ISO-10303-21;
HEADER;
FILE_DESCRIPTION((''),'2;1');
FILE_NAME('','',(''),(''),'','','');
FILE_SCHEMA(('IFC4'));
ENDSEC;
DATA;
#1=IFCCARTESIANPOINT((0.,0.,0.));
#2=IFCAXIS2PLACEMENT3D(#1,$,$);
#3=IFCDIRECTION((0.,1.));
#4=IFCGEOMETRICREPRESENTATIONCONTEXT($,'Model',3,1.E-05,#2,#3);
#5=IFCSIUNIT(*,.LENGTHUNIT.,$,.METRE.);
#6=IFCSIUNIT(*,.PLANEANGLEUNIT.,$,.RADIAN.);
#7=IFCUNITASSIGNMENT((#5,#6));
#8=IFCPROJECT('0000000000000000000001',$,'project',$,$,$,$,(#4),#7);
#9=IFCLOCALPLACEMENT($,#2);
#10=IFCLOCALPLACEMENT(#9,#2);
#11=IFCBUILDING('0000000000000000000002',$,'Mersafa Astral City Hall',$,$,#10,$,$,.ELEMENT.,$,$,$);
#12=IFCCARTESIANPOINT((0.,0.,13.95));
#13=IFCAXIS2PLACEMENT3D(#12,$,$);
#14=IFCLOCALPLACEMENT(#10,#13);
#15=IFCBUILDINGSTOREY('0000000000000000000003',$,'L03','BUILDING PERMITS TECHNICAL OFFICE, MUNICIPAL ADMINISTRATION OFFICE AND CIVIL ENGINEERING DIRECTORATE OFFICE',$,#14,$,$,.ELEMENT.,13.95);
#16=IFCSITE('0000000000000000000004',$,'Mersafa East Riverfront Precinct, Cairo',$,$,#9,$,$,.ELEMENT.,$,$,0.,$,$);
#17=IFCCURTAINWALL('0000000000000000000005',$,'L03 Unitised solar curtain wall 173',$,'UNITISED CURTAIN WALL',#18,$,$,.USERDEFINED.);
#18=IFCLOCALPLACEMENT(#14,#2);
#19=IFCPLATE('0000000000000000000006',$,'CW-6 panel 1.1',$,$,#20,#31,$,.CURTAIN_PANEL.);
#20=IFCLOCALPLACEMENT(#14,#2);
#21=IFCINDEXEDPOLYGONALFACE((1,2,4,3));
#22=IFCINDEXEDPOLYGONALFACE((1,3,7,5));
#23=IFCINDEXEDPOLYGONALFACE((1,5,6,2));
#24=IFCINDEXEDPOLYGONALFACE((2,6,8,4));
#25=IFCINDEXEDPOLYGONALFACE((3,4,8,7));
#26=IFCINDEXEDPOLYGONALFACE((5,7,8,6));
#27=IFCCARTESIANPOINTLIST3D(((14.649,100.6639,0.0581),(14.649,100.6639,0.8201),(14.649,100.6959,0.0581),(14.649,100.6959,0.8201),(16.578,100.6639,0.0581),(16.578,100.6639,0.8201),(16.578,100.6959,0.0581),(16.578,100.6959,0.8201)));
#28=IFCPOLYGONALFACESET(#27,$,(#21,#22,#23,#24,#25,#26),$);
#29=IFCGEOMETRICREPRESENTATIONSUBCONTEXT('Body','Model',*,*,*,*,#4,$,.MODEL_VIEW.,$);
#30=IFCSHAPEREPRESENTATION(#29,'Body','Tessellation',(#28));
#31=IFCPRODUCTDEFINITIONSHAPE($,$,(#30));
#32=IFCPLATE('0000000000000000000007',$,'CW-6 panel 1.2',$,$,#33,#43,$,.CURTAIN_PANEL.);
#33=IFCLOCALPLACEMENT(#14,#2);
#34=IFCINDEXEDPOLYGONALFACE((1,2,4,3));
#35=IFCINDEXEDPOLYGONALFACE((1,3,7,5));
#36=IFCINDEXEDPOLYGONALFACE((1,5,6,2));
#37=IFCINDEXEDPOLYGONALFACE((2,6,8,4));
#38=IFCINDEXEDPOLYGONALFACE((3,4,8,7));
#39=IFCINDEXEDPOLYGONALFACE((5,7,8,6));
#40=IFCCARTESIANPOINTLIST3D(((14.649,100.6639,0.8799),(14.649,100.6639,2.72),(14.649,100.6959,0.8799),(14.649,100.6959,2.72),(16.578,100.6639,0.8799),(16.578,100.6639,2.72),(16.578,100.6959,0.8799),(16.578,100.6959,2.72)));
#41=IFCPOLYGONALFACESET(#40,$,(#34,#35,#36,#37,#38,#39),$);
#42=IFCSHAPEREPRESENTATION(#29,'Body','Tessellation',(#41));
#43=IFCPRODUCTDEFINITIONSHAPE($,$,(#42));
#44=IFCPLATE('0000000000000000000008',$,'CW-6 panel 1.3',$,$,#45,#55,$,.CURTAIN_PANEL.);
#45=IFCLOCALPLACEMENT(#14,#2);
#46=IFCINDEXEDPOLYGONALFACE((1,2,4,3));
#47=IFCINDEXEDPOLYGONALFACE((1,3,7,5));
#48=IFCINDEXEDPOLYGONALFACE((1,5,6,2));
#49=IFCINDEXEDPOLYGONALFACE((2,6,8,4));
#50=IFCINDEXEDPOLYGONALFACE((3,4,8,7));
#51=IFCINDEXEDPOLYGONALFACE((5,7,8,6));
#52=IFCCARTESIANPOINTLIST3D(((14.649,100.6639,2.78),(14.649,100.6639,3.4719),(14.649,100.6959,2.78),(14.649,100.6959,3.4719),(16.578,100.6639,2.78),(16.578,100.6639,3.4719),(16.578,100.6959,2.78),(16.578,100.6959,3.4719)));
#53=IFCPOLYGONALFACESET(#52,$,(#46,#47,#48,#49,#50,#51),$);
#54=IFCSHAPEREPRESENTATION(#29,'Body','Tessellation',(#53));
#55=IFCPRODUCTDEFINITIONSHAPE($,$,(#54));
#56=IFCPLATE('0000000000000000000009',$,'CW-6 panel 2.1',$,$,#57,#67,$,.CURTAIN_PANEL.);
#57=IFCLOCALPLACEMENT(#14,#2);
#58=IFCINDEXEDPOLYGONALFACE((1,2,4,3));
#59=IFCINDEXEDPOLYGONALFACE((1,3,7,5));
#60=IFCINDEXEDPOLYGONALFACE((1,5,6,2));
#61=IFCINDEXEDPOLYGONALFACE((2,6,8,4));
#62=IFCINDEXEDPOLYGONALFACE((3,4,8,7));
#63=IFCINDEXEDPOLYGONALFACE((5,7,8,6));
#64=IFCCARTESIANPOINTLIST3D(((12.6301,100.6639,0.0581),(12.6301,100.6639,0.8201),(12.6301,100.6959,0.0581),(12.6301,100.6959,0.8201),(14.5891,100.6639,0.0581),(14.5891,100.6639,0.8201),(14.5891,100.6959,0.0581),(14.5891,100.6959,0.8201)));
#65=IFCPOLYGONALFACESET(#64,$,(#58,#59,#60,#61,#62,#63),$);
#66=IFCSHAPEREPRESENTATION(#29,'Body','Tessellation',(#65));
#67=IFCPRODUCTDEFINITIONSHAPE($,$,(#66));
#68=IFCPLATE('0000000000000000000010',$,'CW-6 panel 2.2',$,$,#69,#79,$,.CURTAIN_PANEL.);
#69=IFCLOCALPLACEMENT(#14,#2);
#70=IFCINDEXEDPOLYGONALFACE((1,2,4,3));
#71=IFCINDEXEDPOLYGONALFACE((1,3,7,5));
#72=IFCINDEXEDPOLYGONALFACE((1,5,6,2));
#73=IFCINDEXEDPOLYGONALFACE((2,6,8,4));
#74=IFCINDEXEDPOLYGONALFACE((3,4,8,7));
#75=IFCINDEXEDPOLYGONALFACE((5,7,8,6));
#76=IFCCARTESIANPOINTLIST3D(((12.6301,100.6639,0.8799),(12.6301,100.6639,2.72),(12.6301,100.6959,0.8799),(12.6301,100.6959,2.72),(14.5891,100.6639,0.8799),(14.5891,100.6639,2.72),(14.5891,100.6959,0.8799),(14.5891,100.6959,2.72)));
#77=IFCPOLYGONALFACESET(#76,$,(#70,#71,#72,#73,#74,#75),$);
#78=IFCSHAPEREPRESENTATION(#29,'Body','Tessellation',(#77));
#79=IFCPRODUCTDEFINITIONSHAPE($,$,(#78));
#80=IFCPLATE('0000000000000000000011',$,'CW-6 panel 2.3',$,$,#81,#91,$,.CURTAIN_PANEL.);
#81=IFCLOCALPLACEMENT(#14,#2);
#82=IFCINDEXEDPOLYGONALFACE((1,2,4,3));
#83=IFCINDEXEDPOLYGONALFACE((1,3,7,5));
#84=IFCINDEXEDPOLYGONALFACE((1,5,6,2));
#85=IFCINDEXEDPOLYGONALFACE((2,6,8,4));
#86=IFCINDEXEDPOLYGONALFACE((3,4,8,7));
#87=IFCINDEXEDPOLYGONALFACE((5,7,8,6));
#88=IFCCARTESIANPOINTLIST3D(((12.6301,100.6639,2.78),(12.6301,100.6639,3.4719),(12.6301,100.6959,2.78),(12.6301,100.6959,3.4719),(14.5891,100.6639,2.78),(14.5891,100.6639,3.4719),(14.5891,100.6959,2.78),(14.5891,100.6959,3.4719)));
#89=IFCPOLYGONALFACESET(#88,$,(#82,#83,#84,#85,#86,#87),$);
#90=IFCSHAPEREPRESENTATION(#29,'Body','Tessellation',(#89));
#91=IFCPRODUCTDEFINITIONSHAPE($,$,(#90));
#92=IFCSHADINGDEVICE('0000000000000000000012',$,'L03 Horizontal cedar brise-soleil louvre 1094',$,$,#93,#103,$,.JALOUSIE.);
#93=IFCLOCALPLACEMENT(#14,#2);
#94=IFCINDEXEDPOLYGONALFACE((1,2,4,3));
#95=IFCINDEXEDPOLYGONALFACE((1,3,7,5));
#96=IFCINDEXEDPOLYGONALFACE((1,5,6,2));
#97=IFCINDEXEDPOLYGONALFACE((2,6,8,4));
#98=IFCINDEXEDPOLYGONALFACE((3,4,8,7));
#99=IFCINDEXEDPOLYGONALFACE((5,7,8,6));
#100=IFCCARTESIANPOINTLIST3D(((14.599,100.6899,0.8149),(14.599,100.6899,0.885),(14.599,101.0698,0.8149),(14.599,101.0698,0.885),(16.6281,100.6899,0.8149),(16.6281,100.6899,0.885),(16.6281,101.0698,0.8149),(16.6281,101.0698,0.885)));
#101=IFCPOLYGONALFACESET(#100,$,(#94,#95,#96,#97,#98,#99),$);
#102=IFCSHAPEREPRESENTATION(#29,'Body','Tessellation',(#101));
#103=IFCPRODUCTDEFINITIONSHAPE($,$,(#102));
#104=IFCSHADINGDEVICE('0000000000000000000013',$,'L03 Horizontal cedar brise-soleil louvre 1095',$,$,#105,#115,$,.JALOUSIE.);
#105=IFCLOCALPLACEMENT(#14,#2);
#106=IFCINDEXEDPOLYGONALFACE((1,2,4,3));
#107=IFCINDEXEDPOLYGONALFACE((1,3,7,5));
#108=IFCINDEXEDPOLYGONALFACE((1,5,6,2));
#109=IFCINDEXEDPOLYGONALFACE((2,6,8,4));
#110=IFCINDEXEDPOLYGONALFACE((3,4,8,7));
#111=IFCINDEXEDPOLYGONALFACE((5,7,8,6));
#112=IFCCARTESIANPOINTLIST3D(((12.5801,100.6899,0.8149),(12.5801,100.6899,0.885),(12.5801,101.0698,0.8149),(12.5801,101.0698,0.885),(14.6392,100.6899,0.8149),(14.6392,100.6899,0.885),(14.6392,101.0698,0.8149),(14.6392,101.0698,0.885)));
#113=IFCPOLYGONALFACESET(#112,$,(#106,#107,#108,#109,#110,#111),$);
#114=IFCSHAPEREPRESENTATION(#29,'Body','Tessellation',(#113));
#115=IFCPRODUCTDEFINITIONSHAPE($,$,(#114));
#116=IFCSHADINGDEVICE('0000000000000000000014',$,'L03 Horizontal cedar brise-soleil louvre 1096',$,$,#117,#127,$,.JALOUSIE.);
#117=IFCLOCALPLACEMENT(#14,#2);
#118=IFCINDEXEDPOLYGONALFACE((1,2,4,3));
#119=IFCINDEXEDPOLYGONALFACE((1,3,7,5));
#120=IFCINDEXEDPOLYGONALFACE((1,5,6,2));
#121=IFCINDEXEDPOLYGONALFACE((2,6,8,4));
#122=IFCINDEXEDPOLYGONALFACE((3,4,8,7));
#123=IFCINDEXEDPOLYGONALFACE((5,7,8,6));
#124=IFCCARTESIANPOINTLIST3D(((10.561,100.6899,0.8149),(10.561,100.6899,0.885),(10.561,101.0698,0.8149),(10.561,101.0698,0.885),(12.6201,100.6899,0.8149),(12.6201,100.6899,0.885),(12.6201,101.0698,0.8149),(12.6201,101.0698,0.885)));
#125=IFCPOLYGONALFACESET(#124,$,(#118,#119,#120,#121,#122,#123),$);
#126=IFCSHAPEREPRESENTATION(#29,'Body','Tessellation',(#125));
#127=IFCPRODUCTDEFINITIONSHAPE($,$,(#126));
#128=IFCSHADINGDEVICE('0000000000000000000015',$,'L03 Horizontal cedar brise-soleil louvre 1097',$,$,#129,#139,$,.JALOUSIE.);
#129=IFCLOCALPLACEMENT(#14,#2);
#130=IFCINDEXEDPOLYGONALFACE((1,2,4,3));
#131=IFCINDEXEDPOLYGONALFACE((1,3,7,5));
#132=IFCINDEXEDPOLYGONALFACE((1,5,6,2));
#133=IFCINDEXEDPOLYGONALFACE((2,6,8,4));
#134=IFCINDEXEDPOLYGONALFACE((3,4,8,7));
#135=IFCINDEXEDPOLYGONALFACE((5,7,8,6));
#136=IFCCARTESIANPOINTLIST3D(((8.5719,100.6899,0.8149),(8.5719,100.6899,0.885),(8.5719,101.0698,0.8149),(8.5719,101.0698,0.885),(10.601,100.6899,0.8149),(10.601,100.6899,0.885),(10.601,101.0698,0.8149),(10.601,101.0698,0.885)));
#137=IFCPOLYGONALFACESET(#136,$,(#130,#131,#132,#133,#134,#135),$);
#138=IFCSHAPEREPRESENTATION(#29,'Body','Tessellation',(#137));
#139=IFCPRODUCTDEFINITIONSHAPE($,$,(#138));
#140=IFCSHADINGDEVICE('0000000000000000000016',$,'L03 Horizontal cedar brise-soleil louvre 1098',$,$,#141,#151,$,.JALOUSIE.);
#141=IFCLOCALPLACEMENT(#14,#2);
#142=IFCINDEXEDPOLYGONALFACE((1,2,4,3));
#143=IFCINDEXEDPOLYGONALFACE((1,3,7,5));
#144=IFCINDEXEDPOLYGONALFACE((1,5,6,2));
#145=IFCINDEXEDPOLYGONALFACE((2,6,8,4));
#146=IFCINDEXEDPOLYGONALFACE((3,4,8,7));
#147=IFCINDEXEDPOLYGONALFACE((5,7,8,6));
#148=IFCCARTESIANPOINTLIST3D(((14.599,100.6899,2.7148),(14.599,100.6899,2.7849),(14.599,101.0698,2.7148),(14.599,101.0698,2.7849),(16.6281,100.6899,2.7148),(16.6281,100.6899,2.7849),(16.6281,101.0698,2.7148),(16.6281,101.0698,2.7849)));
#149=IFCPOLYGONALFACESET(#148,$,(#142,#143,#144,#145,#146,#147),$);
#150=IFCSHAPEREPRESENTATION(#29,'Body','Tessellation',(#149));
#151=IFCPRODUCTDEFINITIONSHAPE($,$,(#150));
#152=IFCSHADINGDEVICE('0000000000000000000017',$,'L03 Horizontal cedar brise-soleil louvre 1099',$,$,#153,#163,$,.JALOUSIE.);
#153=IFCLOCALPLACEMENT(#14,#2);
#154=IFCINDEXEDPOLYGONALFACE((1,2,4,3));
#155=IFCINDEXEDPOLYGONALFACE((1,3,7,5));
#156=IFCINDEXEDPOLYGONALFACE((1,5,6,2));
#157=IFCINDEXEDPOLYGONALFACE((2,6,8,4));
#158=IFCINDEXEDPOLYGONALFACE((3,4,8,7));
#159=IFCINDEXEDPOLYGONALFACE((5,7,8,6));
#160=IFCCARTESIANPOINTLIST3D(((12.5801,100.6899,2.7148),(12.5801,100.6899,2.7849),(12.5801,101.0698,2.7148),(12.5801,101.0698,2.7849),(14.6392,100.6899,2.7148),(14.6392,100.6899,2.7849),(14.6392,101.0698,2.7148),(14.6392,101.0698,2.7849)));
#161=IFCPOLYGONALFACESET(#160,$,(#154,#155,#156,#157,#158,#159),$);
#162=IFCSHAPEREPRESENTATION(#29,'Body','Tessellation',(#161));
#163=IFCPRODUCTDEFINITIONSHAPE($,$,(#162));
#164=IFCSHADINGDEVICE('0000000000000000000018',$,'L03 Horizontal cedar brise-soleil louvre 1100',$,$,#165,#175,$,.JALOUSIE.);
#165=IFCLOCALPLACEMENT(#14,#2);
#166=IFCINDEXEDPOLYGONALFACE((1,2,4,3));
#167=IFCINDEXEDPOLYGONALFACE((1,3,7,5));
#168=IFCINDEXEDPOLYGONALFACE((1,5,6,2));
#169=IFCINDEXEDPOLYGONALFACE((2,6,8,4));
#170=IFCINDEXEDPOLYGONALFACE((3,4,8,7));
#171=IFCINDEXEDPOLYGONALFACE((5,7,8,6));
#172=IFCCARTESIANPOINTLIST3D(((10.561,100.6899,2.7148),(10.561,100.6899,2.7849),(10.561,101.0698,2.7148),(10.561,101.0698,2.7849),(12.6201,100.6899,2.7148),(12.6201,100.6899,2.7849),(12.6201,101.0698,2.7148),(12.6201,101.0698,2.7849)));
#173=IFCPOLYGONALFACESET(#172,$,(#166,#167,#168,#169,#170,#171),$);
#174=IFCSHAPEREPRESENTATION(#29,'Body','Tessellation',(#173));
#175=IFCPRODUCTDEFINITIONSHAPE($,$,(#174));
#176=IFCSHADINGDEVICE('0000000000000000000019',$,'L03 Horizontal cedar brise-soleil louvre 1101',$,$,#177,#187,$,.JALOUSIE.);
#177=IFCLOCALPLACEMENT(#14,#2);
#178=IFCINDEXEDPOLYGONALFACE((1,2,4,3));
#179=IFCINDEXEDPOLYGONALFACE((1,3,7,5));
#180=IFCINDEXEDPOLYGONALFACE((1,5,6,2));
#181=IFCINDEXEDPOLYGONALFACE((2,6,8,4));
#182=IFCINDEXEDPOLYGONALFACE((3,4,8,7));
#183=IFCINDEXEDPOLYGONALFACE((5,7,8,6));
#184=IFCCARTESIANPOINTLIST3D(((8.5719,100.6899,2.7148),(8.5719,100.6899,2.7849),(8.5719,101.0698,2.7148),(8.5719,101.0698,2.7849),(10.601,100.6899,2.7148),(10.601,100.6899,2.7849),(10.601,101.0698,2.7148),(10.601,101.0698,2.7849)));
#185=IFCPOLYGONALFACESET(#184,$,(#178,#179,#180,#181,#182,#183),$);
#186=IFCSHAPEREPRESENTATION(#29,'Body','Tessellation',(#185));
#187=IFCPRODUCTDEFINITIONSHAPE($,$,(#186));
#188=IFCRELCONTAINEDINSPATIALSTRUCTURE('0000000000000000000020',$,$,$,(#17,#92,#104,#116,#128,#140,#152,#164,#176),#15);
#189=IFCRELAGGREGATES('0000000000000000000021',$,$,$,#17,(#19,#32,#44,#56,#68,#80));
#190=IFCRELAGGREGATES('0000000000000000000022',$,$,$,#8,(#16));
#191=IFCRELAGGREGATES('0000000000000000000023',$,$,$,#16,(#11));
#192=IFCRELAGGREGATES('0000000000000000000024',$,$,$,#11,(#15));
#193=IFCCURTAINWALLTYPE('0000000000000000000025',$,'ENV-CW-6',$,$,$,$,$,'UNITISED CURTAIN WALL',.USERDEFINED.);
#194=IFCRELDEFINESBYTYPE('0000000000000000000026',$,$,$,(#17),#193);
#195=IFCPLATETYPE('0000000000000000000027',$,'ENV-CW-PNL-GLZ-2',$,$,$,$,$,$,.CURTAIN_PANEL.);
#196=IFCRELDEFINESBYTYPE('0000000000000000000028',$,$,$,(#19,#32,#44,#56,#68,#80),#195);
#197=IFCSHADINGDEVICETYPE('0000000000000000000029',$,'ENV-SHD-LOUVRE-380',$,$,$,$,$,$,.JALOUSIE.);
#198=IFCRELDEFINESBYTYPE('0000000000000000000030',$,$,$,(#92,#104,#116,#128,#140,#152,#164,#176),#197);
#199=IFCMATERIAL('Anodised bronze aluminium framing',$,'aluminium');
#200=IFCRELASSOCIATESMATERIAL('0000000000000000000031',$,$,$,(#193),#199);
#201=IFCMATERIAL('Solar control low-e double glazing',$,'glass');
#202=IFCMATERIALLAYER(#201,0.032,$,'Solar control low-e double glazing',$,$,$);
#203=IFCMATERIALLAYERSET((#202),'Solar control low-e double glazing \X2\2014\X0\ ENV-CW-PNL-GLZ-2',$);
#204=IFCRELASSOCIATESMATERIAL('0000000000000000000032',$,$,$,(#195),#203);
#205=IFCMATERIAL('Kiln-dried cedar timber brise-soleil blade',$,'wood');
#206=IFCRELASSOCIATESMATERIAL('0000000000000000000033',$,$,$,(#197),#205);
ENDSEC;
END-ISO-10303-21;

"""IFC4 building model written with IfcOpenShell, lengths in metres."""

from ifc_helpers import new_model, si_unit, direction, frame, origin, origin_2d, place, context, subcontext, project, spatial, rectangle, extrude, material, layer, layer_set, type_object, element, aggregate, save


model = new_model("IFC4")

# Units and contexts
model_context = context("Model", 3, precision=1e-05, world=origin(), true_north=direction((0.0, 1.0)))
body_context = subcontext(model_context, "Body", "Model", "MODEL_VIEW")
ifc_project = project(units=[si_unit("LENGTHUNIT", "METRE"), si_unit("PLANEANGLEUNIT", "RADIAN")], contexts=[model_context])

# Site, building, storey
site_placement = place(None, origin())
site = spatial("IfcSite", under=ifc_project, at=site_placement, Name="Mersafa East Riverfront Precinct, Cairo", CompositionType="ELEMENT", RefElevation=0.0)
building_placement = place(site_placement, origin())
building = spatial("IfcBuilding", under=site, at=building_placement, Name="Mersafa Astral City Hall", CompositionType="ELEMENT")
storey_placement = place(building_placement, frame((0.0, 0.0, 13.95)))
storey = spatial("IfcBuildingStorey", under=building, at=storey_placement, Name="L03", Description="BUILDING PERMITS TECHNICAL OFFICE, MUNICIPAL ADMINISTRATION OFFICE AND CIVIL ENGINEERING DIRECTORATE OFFICE", CompositionType="ELEMENT", Elevation=13.95)

# Curtain wall
ifc_material_1 = material(Name="Anodised bronze aluminium framing", Category="aluminium")
curtain_wall_type = type_object("IfcCurtainWallType", Name="ENV-CW-6", ElementType="UNITISED CURTAIN WALL", PredefinedType="USERDEFINED", material=ifc_material_1)
curtain_wall_placement = place(storey_placement, origin())
curtain_wall = element("IfcCurtainWall", 1, at=curtain_wall_placement, inside=storey, type_object=curtain_wall_type, Name="L03 Unitised solar curtain wall 173", ObjectType="UNITISED CURTAIN WALL", PredefinedType="USERDEFINED")

# Plates
ifc_material_2 = material(Name="Solar control low-e double glazing", Category="glass")
ifc_layer = layer(ifc_material_2, 0.032, Name="Solar control low-e double glazing")
ifc_layer_set = layer_set([ifc_layer], Name="Solar control low-e double glazing — ENV-CW-PNL-GLZ-2")
plate_type = type_object("IfcPlateType", Name="ENV-CW-PNL-GLZ-2", PredefinedType="CURTAIN_PANEL", material=ifc_layer_set)
plate_1_placement = place(storey_placement, frame((15.6135, 100.6799, 0.0581), z_axis=(0.0, 0.0, 1.0), x_axis=(-1.0, 0.0, 0.0)))
plate_1 = element("IfcPlate", 2, at=plate_1_placement, type_object=plate_type, Name="CW-6 panel 1.1", PredefinedType="CURTAIN_PANEL", context=body_context, shape_type="SweptSolid", body=[
    extrude(rectangle(XDim=1.929, YDim=0.032, at=origin_2d()), origin(), (0.0, 0.0, 1.0), 0.762),
])
plate_2_placement = place(storey_placement, frame((15.6135, 100.6799, 0.8799), z_axis=(0.0, 0.0, 1.0), x_axis=(-1.0, 0.0, 0.0)))
plate_2 = element("IfcPlate", 3, at=plate_2_placement, type_object=plate_type, Name="CW-6 panel 1.2", PredefinedType="CURTAIN_PANEL", context=body_context, shape_type="SweptSolid", body=[
    extrude(rectangle(XDim=1.929, YDim=0.032, at=origin_2d()), origin(), (0.0, 0.0, 1.0), 1.8401),
])
plate_3_placement = place(storey_placement, frame((15.6135, 100.6799, 2.78), z_axis=(0.0, 0.0, 1.0), x_axis=(-1.0, 0.0, 0.0)))
plate_3 = element("IfcPlate", 4, at=plate_3_placement, type_object=plate_type, Name="CW-6 panel 1.3", PredefinedType="CURTAIN_PANEL", context=body_context, shape_type="SweptSolid", body=[
    extrude(rectangle(XDim=1.929, YDim=0.032, at=origin_2d()), origin(), (0.0, 0.0, 1.0), 0.6919),
])
plate_4_placement = place(storey_placement, frame((13.6096, 100.6799, 0.0581), z_axis=(0.0, 0.0, 1.0), x_axis=(-1.0, 0.0, 0.0)))
plate_4 = element("IfcPlate", 5, at=plate_4_placement, type_object=plate_type, Name="CW-6 panel 2.1", PredefinedType="CURTAIN_PANEL", context=body_context, shape_type="SweptSolid", body=[
    extrude(rectangle(XDim=1.959, YDim=0.032, at=origin_2d()), origin(), (0.0, 0.0, 1.0), 0.762),
])
plate_5_placement = place(storey_placement, frame((13.6096, 100.6799, 0.8799), z_axis=(0.0, 0.0, 1.0), x_axis=(-1.0, 0.0, 0.0)))
plate_5 = element("IfcPlate", 6, at=plate_5_placement, type_object=plate_type, Name="CW-6 panel 2.2", PredefinedType="CURTAIN_PANEL", context=body_context, shape_type="SweptSolid", body=[
    extrude(rectangle(XDim=1.959, YDim=0.032, at=origin_2d()), origin(), (0.0, 0.0, 1.0), 1.8401),
])
plate_6_placement = place(storey_placement, frame((13.6096, 100.6799, 2.78), z_axis=(0.0, 0.0, 1.0), x_axis=(-1.0, 0.0, 0.0)))
plate_6 = element("IfcPlate", 7, at=plate_6_placement, type_object=plate_type, Name="CW-6 panel 2.3", PredefinedType="CURTAIN_PANEL", context=body_context, shape_type="SweptSolid", body=[
    extrude(rectangle(XDim=1.959, YDim=0.032, at=origin_2d()), origin(), (0.0, 0.0, 1.0), 0.6919),
])
aggregate(curtain_wall, [plate_1, plate_2, plate_3, plate_4, plate_5, plate_6])

# Shading devices
ifc_material_3 = material(Name="Kiln-dried cedar timber brise-soleil blade", Category="wood")
shading_device_type = type_object("IfcShadingDeviceType", Name="ENV-SHD-LOUVRE-380", PredefinedType="JALOUSIE", material=ifc_material_3)
shading_device_1_placement = place(storey_placement, frame((15.6135, 100.8799, 0.8149), z_axis=(0.0, 0.0, 1.0), x_axis=(-1.0, 0.0, 0.0)))
element("IfcShadingDevice", 8, at=shading_device_1_placement, inside=storey, type_object=shading_device_type, Name="L03 Horizontal cedar brise-soleil louvre 1094", PredefinedType="JALOUSIE", context=body_context, shape_type="SweptSolid", body=[
    extrude(rectangle(XDim=2.0291, YDim=0.3799, at=origin_2d()), origin(), (0.0, 0.0, 1.0), 0.0701),
])
for number, where, z_axis, x_axis, name in (
    (9, (13.6096, 100.8799, 0.8149), (0.0, 0.0, 1.0), (-1.0, 0.0, 0.0), "L03 Horizontal cedar brise-soleil louvre 1095"),
    (10, (11.5906, 100.8799, 0.8149), (0.0, 0.0, 1.0), (-1.0, 0.0, 0.0), "L03 Horizontal cedar brise-soleil louvre 1096"),
):
    element("IfcShadingDevice", number, at=place(storey_placement, frame(where, z_axis=z_axis, x_axis=x_axis)), inside=storey, type_object=shading_device_type, Name=name, PredefinedType="JALOUSIE", context=body_context, shape_type="SweptSolid", body=[
        extrude(rectangle(XDim=2.0591, YDim=0.3799, at=origin_2d()), origin(), (0.0, 0.0, 1.0), 0.0701),
    ])
for number, where, z_axis, x_axis, name in (
    (11, (9.5864, 100.8799, 0.8149), (0.0, 0.0, 1.0), (-1.0, 0.0, 0.0), "L03 Horizontal cedar brise-soleil louvre 1097"),
    (12, (15.6135, 100.8799, 2.7148), (0.0, 0.0, 1.0), (-1.0, 0.0, 0.0), "L03 Horizontal cedar brise-soleil louvre 1098"),
):
    element("IfcShadingDevice", number, at=place(storey_placement, frame(where, z_axis=z_axis, x_axis=x_axis)), inside=storey, type_object=shading_device_type, Name=name, PredefinedType="JALOUSIE", context=body_context, shape_type="SweptSolid", body=[
        extrude(rectangle(XDim=2.0291, YDim=0.3799, at=origin_2d()), origin(), (0.0, 0.0, 1.0), 0.0701),
    ])
for number, where, z_axis, x_axis, name in (
    (13, (13.6096, 100.8799, 2.7148), (0.0, 0.0, 1.0), (-1.0, 0.0, 0.0), "L03 Horizontal cedar brise-soleil louvre 1099"),
    (14, (11.5906, 100.8799, 2.7148), (0.0, 0.0, 1.0), (-1.0, 0.0, 0.0), "L03 Horizontal cedar brise-soleil louvre 1100"),
):
    element("IfcShadingDevice", number, at=place(storey_placement, frame(where, z_axis=z_axis, x_axis=x_axis)), inside=storey, type_object=shading_device_type, Name=name, PredefinedType="JALOUSIE", context=body_context, shape_type="SweptSolid", body=[
        extrude(rectangle(XDim=2.0591, YDim=0.3799, at=origin_2d()), origin(), (0.0, 0.0, 1.0), 0.0701),
    ])
shading_device_2_placement = place(storey_placement, frame((9.5864, 100.8799, 2.7148), z_axis=(0.0, 0.0, 1.0), x_axis=(-1.0, 0.0, 0.0)))
element("IfcShadingDevice", 15, at=shading_device_2_placement, inside=storey, type_object=shading_device_type, Name="L03 Horizontal cedar brise-soleil louvre 1101", PredefinedType="JALOUSIE", context=body_context, shape_type="SweptSolid", body=[
    extrude(rectangle(XDim=2.0291, YDim=0.3799, at=origin_2d()), origin(), (0.0, 0.0, 1.0), 0.0701),
])

save(model, "model.ifc")
